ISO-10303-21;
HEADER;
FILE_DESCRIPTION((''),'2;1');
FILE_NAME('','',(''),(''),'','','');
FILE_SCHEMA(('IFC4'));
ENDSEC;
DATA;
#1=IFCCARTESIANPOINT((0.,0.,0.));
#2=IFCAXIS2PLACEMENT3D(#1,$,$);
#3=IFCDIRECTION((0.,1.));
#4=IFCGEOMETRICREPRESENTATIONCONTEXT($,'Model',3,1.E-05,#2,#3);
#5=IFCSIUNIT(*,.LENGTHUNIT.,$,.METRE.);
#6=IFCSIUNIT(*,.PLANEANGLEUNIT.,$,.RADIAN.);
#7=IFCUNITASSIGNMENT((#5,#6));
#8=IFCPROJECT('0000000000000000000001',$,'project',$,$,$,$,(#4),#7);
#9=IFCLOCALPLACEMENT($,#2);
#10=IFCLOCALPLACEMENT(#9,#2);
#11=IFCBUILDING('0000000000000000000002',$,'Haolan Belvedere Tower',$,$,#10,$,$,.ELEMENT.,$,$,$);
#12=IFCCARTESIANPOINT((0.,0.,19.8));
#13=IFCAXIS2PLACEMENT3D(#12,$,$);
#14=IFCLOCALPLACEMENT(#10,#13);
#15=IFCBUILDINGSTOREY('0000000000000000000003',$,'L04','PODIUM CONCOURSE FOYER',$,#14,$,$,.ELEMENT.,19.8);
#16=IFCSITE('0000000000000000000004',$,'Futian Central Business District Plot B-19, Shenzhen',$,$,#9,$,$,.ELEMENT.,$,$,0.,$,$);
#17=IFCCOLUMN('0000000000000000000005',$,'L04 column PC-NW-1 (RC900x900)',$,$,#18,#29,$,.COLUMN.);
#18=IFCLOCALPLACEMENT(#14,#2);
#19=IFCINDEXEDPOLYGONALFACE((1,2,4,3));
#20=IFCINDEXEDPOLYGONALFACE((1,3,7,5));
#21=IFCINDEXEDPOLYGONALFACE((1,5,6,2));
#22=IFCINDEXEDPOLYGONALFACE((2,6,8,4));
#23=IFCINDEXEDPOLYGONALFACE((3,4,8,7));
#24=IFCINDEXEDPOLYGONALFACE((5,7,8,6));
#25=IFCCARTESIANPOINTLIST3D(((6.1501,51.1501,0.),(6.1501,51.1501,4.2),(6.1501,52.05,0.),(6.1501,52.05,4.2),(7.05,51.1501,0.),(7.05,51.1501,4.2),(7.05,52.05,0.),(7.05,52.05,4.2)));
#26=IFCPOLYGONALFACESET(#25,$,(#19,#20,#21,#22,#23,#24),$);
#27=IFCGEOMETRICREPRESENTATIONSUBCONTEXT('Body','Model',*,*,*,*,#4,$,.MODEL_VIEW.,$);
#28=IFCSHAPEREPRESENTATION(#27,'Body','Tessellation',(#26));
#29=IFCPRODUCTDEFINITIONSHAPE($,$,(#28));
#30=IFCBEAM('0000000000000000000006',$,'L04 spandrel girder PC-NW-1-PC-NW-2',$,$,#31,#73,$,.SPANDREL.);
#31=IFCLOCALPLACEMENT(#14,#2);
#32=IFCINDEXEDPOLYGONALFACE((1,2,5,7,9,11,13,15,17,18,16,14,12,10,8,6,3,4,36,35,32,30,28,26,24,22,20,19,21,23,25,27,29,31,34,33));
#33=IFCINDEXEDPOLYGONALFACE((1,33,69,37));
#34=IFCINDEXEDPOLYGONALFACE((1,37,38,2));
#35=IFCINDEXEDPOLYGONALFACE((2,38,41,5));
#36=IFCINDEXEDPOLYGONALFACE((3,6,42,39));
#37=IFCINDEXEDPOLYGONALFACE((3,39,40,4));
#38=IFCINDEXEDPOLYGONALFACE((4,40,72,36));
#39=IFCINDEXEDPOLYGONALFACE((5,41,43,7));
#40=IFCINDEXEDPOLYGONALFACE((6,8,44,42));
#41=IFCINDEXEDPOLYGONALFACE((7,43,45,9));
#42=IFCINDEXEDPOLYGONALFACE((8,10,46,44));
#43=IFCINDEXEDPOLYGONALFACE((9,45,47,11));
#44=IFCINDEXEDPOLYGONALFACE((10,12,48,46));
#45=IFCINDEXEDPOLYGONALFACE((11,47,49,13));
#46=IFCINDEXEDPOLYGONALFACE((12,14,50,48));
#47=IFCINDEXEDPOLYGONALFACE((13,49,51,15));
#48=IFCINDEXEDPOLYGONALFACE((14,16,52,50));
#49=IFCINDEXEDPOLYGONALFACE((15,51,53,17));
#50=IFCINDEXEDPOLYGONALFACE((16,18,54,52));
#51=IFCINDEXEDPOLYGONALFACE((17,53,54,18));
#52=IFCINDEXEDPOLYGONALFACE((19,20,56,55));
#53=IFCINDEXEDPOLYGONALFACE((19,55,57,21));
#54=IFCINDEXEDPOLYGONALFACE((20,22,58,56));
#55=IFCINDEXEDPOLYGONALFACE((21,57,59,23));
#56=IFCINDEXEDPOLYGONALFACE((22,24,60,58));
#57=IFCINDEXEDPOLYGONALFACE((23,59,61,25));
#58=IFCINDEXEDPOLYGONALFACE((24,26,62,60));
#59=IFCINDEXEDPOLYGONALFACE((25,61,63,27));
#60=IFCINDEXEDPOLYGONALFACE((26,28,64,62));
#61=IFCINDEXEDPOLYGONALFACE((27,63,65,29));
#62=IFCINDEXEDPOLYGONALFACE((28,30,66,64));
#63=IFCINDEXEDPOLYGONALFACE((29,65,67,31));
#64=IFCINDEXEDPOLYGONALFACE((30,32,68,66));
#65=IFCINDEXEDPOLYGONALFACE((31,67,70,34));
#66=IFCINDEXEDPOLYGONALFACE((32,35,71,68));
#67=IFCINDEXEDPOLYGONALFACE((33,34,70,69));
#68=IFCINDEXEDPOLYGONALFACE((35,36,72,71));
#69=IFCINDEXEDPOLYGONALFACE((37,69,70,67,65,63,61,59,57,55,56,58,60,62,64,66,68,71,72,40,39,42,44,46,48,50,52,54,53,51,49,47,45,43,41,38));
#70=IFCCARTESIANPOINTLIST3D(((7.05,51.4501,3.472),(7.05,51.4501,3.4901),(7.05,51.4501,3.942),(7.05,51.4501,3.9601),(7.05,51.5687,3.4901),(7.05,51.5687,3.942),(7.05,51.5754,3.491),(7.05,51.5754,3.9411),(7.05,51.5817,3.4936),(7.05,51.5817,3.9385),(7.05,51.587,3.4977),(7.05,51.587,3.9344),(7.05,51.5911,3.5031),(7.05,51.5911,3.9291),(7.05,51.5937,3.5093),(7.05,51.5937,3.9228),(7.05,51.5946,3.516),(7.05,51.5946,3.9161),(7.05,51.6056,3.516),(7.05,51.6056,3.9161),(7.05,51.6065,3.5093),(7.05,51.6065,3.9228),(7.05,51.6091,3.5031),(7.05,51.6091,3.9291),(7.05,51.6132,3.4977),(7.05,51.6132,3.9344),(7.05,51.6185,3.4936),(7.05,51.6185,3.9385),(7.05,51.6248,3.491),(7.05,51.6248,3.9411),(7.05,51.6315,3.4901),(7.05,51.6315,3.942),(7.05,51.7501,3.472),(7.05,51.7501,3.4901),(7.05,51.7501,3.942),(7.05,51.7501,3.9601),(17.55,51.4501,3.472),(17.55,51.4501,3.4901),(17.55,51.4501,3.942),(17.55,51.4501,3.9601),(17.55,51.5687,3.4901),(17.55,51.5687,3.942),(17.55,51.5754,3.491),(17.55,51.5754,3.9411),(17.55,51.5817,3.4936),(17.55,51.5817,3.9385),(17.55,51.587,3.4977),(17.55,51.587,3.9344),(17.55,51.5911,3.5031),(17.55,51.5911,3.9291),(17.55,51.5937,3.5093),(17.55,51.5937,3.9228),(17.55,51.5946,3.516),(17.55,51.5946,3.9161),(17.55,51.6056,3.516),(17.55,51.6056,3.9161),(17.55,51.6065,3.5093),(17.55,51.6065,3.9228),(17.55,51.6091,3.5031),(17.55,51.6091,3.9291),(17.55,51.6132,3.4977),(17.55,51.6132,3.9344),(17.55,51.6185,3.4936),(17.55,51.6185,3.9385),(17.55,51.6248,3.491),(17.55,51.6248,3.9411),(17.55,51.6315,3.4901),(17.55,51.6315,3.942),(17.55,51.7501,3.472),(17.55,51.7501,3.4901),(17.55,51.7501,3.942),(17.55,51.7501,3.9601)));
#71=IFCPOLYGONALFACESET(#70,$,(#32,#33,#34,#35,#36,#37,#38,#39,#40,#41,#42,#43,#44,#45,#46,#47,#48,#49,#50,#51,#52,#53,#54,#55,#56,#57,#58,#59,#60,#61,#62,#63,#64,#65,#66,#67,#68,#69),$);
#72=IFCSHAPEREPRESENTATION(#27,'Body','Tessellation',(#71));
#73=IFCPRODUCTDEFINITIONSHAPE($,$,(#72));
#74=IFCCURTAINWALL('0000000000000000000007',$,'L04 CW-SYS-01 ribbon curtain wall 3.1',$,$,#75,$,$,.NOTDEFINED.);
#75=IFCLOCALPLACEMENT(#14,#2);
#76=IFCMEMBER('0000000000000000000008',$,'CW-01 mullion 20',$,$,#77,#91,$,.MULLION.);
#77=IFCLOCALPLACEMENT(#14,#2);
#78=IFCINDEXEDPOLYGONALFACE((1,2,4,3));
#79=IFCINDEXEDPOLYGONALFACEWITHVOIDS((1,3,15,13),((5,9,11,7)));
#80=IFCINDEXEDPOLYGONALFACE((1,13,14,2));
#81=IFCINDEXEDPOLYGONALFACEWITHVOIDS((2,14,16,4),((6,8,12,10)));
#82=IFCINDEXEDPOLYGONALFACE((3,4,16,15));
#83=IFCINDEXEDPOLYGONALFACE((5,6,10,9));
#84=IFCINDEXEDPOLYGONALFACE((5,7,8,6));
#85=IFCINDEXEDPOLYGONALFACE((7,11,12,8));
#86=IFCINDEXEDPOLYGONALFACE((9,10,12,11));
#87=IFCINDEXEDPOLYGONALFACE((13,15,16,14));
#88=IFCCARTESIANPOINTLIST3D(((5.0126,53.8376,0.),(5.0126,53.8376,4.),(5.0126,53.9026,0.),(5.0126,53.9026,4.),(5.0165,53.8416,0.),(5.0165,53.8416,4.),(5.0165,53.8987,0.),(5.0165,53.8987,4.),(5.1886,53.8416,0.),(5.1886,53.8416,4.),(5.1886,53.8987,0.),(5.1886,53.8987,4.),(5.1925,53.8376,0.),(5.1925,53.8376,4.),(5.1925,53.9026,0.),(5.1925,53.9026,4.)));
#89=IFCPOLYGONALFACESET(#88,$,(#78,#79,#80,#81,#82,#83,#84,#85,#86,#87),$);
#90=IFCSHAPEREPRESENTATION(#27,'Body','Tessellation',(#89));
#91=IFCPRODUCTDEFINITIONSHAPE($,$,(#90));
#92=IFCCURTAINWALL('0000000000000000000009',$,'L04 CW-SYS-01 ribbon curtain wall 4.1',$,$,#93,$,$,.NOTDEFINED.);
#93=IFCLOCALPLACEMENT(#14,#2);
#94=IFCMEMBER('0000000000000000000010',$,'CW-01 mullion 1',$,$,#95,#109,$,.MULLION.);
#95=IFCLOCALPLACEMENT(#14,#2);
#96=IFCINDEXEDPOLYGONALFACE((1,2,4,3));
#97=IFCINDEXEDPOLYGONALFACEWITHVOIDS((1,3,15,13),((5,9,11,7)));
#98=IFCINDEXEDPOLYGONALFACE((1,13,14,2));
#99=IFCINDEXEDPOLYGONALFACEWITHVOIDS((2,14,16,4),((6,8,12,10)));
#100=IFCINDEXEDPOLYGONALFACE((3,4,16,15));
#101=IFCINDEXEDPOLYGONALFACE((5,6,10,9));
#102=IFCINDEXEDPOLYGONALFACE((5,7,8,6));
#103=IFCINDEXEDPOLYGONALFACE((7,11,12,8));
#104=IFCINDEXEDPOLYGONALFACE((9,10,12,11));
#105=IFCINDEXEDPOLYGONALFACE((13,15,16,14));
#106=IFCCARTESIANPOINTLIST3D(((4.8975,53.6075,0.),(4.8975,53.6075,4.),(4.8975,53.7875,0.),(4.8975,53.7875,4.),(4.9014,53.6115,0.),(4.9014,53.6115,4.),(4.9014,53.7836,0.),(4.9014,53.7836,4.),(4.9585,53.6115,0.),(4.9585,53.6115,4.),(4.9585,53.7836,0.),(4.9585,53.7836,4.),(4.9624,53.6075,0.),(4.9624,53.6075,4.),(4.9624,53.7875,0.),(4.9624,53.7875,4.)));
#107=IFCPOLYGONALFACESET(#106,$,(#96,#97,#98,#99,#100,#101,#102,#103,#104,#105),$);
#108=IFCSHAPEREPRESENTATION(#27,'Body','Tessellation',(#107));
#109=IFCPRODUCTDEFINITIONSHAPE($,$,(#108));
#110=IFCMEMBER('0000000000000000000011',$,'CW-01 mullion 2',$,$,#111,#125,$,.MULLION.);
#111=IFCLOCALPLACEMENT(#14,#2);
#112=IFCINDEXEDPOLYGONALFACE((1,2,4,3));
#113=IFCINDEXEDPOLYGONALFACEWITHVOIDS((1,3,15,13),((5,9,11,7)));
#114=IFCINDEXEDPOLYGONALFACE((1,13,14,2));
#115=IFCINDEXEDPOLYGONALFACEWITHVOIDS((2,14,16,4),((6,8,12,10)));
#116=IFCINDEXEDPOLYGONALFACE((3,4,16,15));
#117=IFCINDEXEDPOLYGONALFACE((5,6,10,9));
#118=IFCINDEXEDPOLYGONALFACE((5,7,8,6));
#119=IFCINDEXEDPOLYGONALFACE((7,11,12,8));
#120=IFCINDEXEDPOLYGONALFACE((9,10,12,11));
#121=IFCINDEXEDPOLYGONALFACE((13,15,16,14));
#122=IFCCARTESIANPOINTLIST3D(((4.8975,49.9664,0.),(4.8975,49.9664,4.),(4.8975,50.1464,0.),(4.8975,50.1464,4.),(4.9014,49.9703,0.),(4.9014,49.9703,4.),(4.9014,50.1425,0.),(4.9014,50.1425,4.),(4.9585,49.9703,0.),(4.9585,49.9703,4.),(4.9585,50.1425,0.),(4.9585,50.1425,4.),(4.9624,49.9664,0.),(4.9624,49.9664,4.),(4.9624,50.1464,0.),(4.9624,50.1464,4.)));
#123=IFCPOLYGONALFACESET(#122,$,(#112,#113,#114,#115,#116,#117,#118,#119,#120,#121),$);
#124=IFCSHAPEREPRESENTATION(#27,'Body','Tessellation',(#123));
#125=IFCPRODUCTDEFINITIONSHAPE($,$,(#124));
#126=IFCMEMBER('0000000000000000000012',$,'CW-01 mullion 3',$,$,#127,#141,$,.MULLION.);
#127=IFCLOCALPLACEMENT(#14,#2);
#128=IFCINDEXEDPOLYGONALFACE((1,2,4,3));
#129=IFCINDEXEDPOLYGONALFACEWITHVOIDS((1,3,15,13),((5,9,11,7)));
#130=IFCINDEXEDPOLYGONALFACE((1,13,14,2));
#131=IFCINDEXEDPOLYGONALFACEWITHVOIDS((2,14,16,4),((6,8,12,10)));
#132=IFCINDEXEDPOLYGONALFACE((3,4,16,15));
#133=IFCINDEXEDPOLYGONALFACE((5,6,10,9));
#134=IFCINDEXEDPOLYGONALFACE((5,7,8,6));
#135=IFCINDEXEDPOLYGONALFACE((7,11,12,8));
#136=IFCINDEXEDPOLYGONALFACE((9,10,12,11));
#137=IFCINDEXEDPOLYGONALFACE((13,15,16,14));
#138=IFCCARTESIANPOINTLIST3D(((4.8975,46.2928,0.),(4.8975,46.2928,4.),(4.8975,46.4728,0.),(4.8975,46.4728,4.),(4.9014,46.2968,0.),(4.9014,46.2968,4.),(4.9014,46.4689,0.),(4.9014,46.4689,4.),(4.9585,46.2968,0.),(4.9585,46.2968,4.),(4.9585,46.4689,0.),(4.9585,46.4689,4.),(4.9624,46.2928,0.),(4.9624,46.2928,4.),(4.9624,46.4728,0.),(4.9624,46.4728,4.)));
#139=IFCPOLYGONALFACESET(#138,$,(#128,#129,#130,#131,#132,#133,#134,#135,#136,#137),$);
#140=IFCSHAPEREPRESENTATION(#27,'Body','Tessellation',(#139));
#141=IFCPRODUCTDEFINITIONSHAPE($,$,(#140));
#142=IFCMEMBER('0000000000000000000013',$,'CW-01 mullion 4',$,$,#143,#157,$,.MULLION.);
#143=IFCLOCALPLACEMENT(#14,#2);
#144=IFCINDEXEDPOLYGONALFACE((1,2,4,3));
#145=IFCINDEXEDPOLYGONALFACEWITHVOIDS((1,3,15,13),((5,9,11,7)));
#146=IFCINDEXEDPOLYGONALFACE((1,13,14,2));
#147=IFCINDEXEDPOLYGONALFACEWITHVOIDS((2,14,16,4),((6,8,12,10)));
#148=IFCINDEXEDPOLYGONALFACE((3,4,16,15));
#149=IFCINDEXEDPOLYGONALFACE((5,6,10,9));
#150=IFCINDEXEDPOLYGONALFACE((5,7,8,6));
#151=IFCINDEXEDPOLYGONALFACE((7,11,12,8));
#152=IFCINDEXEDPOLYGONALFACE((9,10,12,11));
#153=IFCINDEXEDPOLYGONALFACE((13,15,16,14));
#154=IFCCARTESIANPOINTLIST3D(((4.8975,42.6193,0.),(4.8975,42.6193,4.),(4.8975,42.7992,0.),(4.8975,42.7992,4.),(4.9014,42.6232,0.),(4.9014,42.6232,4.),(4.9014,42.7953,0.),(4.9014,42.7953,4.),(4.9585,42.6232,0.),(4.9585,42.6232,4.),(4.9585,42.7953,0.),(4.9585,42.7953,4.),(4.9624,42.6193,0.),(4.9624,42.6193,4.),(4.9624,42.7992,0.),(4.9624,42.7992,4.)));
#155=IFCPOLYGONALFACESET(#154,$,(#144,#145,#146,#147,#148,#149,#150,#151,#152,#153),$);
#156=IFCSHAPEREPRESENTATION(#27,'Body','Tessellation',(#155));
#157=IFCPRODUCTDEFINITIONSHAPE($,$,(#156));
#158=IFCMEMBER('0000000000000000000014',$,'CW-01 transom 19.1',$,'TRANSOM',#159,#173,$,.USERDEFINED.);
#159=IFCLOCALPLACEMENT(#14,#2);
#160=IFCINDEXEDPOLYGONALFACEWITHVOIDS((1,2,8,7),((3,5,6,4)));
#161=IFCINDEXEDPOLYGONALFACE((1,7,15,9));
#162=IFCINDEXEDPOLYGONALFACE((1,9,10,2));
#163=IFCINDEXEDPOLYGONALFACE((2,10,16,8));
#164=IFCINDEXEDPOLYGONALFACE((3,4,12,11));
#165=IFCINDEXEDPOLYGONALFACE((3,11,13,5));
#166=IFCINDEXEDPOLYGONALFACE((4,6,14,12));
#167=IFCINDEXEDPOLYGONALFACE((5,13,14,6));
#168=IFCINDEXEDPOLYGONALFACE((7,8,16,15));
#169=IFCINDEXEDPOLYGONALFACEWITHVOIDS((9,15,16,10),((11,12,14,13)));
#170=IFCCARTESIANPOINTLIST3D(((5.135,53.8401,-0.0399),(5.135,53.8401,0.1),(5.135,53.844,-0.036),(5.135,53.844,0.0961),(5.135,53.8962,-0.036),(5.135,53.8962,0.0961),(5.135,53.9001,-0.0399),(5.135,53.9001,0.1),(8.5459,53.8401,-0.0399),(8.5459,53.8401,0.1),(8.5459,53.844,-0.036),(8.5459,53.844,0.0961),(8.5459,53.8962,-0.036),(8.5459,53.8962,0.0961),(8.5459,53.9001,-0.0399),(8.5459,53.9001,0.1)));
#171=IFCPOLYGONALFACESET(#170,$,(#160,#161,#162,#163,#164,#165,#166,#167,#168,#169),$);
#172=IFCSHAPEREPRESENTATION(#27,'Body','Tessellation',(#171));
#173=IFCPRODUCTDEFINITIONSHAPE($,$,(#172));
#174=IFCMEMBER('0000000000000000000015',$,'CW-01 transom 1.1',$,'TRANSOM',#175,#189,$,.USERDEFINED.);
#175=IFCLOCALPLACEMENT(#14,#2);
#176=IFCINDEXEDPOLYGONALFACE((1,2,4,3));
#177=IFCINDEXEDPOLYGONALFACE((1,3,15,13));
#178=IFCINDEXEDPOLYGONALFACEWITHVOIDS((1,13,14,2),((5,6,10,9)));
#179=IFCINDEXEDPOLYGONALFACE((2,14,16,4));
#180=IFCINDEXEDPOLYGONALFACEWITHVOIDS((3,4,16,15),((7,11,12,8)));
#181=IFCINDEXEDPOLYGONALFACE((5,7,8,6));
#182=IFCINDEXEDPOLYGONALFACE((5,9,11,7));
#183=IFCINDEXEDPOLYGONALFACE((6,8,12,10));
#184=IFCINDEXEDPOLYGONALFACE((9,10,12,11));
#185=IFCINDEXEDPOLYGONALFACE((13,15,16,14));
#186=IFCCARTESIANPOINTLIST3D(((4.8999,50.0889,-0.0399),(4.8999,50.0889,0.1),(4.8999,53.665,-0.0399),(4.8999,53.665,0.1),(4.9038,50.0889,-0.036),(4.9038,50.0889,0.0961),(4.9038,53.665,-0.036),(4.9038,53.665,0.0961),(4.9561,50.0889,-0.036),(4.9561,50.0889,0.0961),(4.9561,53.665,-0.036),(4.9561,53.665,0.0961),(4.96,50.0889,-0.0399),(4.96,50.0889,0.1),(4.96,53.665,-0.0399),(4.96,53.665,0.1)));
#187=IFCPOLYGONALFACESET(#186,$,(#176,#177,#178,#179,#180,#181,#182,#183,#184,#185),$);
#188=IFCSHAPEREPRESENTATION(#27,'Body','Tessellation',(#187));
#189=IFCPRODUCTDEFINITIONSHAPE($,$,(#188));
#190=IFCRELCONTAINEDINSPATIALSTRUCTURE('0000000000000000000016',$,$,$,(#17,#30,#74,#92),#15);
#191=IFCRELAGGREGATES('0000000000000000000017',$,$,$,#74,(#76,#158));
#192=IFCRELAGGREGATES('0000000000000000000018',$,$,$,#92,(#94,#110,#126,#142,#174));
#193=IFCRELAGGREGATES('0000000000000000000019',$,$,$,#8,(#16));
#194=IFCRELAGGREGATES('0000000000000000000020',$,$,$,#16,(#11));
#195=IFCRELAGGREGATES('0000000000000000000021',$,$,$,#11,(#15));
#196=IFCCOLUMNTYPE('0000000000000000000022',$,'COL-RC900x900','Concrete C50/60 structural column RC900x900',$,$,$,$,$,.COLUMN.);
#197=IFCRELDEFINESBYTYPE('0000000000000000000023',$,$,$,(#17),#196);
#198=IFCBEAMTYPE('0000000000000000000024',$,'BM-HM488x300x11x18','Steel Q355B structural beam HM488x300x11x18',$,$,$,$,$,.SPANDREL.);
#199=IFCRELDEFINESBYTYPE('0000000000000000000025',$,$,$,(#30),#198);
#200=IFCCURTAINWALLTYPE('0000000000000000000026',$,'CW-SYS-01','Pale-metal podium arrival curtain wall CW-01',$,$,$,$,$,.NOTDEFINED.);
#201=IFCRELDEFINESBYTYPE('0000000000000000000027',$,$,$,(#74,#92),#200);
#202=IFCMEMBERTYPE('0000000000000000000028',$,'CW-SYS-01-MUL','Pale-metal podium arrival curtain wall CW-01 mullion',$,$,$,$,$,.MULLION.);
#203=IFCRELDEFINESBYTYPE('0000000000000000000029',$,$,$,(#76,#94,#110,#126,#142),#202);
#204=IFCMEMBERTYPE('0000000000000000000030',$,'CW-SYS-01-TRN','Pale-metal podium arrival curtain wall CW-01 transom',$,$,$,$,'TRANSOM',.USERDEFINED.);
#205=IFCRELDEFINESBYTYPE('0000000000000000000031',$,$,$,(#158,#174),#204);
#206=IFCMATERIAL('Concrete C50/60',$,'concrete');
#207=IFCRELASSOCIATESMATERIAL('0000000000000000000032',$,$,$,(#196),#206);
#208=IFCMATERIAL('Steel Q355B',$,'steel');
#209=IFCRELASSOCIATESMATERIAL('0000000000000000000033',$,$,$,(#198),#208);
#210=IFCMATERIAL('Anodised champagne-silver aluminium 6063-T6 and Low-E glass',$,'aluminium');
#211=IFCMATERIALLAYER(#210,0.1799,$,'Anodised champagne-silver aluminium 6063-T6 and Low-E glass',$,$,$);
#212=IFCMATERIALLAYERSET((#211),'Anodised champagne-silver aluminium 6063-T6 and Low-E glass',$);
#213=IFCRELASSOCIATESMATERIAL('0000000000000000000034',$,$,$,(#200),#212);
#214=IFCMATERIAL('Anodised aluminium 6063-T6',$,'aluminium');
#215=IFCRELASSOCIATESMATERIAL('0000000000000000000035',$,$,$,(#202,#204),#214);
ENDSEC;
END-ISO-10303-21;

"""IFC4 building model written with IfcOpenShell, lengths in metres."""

from ifc_helpers import new_model, si_unit, direction, frame, origin, origin_2d, place, context, subcontext, project, spatial, rectangle, hollow_rectangle, i_section, extrude, material, layer, layer_set, material_profile, profile_set, type_object, element, aggregate, save


model = new_model("IFC4")

# Units and contexts
model_context = context("Model", 3, precision=1e-05, world=origin(), true_north=direction((0.0, 1.0)))
body_context = subcontext(model_context, "Body", "Model", "MODEL_VIEW")
ifc_project = project(units=[si_unit("LENGTHUNIT", "METRE"), si_unit("PLANEANGLEUNIT", "RADIAN")], contexts=[model_context])

# Site, building, storey
site_placement = place(None, origin())
site = spatial("IfcSite", under=ifc_project, at=site_placement, Name="Futian Central Business District Plot B-19, Shenzhen", CompositionType="ELEMENT", RefElevation=0.0)
building_placement = place(site_placement, origin())
building = spatial("IfcBuilding", under=site, at=building_placement, Name="Haolan Belvedere Tower", CompositionType="ELEMENT")
storey_placement = place(building_placement, frame((0.0, 0.0, 19.8)))
storey = spatial("IfcBuildingStorey", under=building, at=storey_placement, Name="L04", Description="PODIUM CONCOURSE FOYER", CompositionType="ELEMENT", Elevation=19.8)

# Column
ifc_material_1 = material(Name="Concrete C50/60", Category="concrete")
ifc_material_profile_1 = material_profile(ifc_material_1, rectangle(XDim=0.8999, YDim=0.8999, at=origin_2d()), Name="Concrete C50/60")
ifc_profile_set_1 = profile_set([ifc_material_profile_1], Name="Concrete C50/60")
column_type = type_object("IfcColumnType", Name="COL-RC900x900", Description="Concrete C50/60 structural column RC900x900", PredefinedType="COLUMN", material=ifc_profile_set_1)
column_placement = place(storey_placement, frame((6.6001, 51.6001, 0.0), z_axis=(0.0, 0.0, 1.0), x_axis=(1.0, 0.0, 0.0)))
element("IfcColumn", 1, at=column_placement, inside=storey, type_object=column_type, Name="L04 column PC-NW-1 (RC900x900)", PredefinedType="COLUMN", context=body_context, shape_type="SweptSolid", body=[
    extrude(rectangle(XDim=0.8999, YDim=0.8999, at=origin_2d()), origin(), (0.0, 0.0, 1.0), 4.2),
])

# Beam
ifc_material_2 = material(Name="Steel Q355B", Category="steel")
ifc_material_profile_2 = material_profile(ifc_material_2, i_section(OverallWidth=0.3, OverallDepth=0.488, WebThickness=0.011, FlangeThickness=0.0181, FilletRadius=0.0259, at=origin_2d()), Name="Steel Q355B")
ifc_profile_set_2 = profile_set([ifc_material_profile_2], Name="Steel Q355B")
beam_type = type_object("IfcBeamType", Name="BM-HM488x300x11x18", Description="Steel Q355B structural beam HM488x300x11x18", PredefinedType="SPANDREL", material=ifc_profile_set_2)
beam_placement = place(storey_placement, frame((7.05, 51.6001, 3.7161), z_axis=(1.0, 0.0, 0.0), x_axis=(0.0, 1.0, 0.0)))
element("IfcBeam", 2, at=beam_placement, inside=storey, type_object=beam_type, Name="L04 spandrel girder PC-NW-1-PC-NW-2", PredefinedType="SPANDREL", context=body_context, shape_type="SweptSolid", body=[
    extrude(i_section(OverallWidth=0.3, OverallDepth=0.488, WebThickness=0.011, FlangeThickness=0.0181, FilletRadius=0.0259, at=origin_2d()), origin(), (0.0, 0.0, 1.0), 10.5),
])

# Curtain wall, member
ifc_material_3 = material(Name="Anodised champagne-silver aluminium 6063-T6 and Low-E glass", Category="aluminium")
ifc_layer_1 = layer(ifc_material_3, 0.1799, Name="Anodised champagne-silver aluminium 6063-T6 and Low-E glass")
ifc_layer_set_1 = layer_set([ifc_layer_1], Name="Anodised champagne-silver aluminium 6063-T6 and Low-E glass")
curtain_wall_type = type_object("IfcCurtainWallType", Name="CW-SYS-01", Description="Pale-metal podium arrival curtain wall CW-01", PredefinedType="NOTDEFINED", material=ifc_layer_set_1)
curtain_wall_1_placement = place(storey_placement, origin())
curtain_wall_1 = element("IfcCurtainWall", 3, at=curtain_wall_1_placement, inside=storey, type_object=curtain_wall_type, Name="L04 CW-SYS-01 ribbon curtain wall 3.1", PredefinedType="NOTDEFINED")
ifc_material_4 = material(Name="Anodised aluminium 6063-T6", Category="aluminium")
ifc_material_profile_3 = material_profile(ifc_material_4, hollow_rectangle(XDim=0.0649, YDim=0.1799, WallThickness=0.0039, at=origin_2d()), Name="Anodised aluminium 6063-T6")
ifc_profile_set_3 = profile_set([ifc_material_profile_3], Name="Anodised aluminium 6063-T6")
member_type_1 = type_object("IfcMemberType", Name="CW-SYS-01-MUL", Description="Pale-metal podium arrival curtain wall CW-01 mullion", PredefinedType="MULLION", material=ifc_profile_set_3)
member_1_placement = place(storey_placement, frame((5.1025, 53.8701, 0.0), z_axis=(0.0, 0.0, 1.0), x_axis=(0.0, -1.0, 0.0)))
member_1 = element("IfcMember", 4, at=member_1_placement, type_object=member_type_1, Name="CW-01 mullion 20", PredefinedType="MULLION", context=body_context, shape_type="SweptSolid", body=[
    extrude(hollow_rectangle(XDim=0.0649, YDim=0.1799, WallThickness=0.0039, at=origin_2d()), origin(), (0.0, 0.0, 1.0), 4.0),
])

# Curtain wall, members
curtain_wall_2_placement = place(storey_placement, origin())
curtain_wall_2 = element("IfcCurtainWall", 5, at=curtain_wall_2_placement, inside=storey, type_object=curtain_wall_type, Name="L04 CW-SYS-01 ribbon curtain wall 4.1", PredefinedType="NOTDEFINED")
member_2_placement = place(storey_placement, frame((4.9299, 53.6975, 0.0), z_axis=(0.0, 0.0, 1.0), x_axis=(1.0, 0.0, 0.0)))
member_2 = element("IfcMember", 6, at=member_2_placement, type_object=member_type_1, Name="CW-01 mullion 1", PredefinedType="MULLION", context=body_context, shape_type="SweptSolid", body=[
    extrude(hollow_rectangle(XDim=0.0649, YDim=0.1799, WallThickness=0.0039, at=origin_2d()), origin(), (0.0, 0.0, 1.0), 4.0),
])
member_3_placement = place(storey_placement, frame((4.9299, 50.0564, 0.0), z_axis=(0.0, 0.0, 1.0), x_axis=(1.0, 0.0, 0.0)))
member_3 = element("IfcMember", 7, at=member_3_placement, type_object=member_type_1, Name="CW-01 mullion 2", PredefinedType="MULLION", context=body_context, shape_type="SweptSolid", body=[
    extrude(hollow_rectangle(XDim=0.0649, YDim=0.1799, WallThickness=0.0039, at=origin_2d()), origin(), (0.0, 0.0, 1.0), 4.0),
])
member_4_placement = place(storey_placement, frame((4.9299, 46.3828, 0.0), z_axis=(0.0, 0.0, 1.0), x_axis=(1.0, 0.0, 0.0)))
member_4 = element("IfcMember", 8, at=member_4_placement, type_object=member_type_1, Name="CW-01 mullion 3", PredefinedType="MULLION", context=body_context, shape_type="SweptSolid", body=[
    extrude(hollow_rectangle(XDim=0.0649, YDim=0.1799, WallThickness=0.0039, at=origin_2d()), origin(), (0.0, 0.0, 1.0), 4.0),
])
member_5_placement = place(storey_placement, frame((4.9299, 42.7092, 0.0), z_axis=(0.0, 0.0, 1.0), x_axis=(1.0, 0.0, 0.0)))
member_5 = element("IfcMember", 9, at=member_5_placement, type_object=member_type_1, Name="CW-01 mullion 4", PredefinedType="MULLION", context=body_context, shape_type="SweptSolid", body=[
    extrude(hollow_rectangle(XDim=0.0649, YDim=0.1799, WallThickness=0.0039, at=origin_2d()), origin(), (0.0, 0.0, 1.0), 4.0),
])

# Members
ifc_material_profile_4 = material_profile(ifc_material_4, hollow_rectangle(XDim=0.0601, YDim=0.1399, WallThickness=0.0039, at=origin_2d()), Name="Anodised aluminium 6063-T6")
ifc_profile_set_4 = profile_set([ifc_material_profile_4], Name="Anodised aluminium 6063-T6")
member_type_2 = type_object("IfcMemberType", Name="CW-SYS-01-TRN", Description="Pale-metal podium arrival curtain wall CW-01 transom", ElementType="TRANSOM", PredefinedType="USERDEFINED", material=ifc_profile_set_4)
member_6_placement = place(storey_placement, frame((8.5459, 53.8701, 0.03), z_axis=(-1.0, 0.0, 0.0), x_axis=(0.0, -1.0, 0.0)))
member_6 = element("IfcMember", 10, at=member_6_placement, type_object=member_type_2, Name="CW-01 transom 19.1", ObjectType="TRANSOM", PredefinedType="USERDEFINED", context=body_context, shape_type="SweptSolid", body=[
    extrude(hollow_rectangle(XDim=0.0601, YDim=0.1399, WallThickness=0.0039, at=origin_2d()), origin(), (0.0, 0.0, 1.0), 3.4109),
])
member_7_placement = place(storey_placement, frame((4.9299, 53.665, 0.03), z_axis=(0.0, -1.0, 0.0), x_axis=(1.0, 0.0, 0.0)))
member_7 = element("IfcMember", 11, at=member_7_placement, type_object=member_type_2, Name="CW-01 transom 1.1", ObjectType="TRANSOM", PredefinedType="USERDEFINED", context=body_context, shape_type="SweptSolid", body=[
    extrude(hollow_rectangle(XDim=0.0601, YDim=0.1399, WallThickness=0.0039, at=origin_2d()), origin(), (0.0, 0.0, 1.0), 3.5762),
])

aggregate(curtain_wall_1, [member_1, member_6])
aggregate(curtain_wall_2, [member_2, member_3, member_4, member_5, member_7])

save(model, "model.ifc")
